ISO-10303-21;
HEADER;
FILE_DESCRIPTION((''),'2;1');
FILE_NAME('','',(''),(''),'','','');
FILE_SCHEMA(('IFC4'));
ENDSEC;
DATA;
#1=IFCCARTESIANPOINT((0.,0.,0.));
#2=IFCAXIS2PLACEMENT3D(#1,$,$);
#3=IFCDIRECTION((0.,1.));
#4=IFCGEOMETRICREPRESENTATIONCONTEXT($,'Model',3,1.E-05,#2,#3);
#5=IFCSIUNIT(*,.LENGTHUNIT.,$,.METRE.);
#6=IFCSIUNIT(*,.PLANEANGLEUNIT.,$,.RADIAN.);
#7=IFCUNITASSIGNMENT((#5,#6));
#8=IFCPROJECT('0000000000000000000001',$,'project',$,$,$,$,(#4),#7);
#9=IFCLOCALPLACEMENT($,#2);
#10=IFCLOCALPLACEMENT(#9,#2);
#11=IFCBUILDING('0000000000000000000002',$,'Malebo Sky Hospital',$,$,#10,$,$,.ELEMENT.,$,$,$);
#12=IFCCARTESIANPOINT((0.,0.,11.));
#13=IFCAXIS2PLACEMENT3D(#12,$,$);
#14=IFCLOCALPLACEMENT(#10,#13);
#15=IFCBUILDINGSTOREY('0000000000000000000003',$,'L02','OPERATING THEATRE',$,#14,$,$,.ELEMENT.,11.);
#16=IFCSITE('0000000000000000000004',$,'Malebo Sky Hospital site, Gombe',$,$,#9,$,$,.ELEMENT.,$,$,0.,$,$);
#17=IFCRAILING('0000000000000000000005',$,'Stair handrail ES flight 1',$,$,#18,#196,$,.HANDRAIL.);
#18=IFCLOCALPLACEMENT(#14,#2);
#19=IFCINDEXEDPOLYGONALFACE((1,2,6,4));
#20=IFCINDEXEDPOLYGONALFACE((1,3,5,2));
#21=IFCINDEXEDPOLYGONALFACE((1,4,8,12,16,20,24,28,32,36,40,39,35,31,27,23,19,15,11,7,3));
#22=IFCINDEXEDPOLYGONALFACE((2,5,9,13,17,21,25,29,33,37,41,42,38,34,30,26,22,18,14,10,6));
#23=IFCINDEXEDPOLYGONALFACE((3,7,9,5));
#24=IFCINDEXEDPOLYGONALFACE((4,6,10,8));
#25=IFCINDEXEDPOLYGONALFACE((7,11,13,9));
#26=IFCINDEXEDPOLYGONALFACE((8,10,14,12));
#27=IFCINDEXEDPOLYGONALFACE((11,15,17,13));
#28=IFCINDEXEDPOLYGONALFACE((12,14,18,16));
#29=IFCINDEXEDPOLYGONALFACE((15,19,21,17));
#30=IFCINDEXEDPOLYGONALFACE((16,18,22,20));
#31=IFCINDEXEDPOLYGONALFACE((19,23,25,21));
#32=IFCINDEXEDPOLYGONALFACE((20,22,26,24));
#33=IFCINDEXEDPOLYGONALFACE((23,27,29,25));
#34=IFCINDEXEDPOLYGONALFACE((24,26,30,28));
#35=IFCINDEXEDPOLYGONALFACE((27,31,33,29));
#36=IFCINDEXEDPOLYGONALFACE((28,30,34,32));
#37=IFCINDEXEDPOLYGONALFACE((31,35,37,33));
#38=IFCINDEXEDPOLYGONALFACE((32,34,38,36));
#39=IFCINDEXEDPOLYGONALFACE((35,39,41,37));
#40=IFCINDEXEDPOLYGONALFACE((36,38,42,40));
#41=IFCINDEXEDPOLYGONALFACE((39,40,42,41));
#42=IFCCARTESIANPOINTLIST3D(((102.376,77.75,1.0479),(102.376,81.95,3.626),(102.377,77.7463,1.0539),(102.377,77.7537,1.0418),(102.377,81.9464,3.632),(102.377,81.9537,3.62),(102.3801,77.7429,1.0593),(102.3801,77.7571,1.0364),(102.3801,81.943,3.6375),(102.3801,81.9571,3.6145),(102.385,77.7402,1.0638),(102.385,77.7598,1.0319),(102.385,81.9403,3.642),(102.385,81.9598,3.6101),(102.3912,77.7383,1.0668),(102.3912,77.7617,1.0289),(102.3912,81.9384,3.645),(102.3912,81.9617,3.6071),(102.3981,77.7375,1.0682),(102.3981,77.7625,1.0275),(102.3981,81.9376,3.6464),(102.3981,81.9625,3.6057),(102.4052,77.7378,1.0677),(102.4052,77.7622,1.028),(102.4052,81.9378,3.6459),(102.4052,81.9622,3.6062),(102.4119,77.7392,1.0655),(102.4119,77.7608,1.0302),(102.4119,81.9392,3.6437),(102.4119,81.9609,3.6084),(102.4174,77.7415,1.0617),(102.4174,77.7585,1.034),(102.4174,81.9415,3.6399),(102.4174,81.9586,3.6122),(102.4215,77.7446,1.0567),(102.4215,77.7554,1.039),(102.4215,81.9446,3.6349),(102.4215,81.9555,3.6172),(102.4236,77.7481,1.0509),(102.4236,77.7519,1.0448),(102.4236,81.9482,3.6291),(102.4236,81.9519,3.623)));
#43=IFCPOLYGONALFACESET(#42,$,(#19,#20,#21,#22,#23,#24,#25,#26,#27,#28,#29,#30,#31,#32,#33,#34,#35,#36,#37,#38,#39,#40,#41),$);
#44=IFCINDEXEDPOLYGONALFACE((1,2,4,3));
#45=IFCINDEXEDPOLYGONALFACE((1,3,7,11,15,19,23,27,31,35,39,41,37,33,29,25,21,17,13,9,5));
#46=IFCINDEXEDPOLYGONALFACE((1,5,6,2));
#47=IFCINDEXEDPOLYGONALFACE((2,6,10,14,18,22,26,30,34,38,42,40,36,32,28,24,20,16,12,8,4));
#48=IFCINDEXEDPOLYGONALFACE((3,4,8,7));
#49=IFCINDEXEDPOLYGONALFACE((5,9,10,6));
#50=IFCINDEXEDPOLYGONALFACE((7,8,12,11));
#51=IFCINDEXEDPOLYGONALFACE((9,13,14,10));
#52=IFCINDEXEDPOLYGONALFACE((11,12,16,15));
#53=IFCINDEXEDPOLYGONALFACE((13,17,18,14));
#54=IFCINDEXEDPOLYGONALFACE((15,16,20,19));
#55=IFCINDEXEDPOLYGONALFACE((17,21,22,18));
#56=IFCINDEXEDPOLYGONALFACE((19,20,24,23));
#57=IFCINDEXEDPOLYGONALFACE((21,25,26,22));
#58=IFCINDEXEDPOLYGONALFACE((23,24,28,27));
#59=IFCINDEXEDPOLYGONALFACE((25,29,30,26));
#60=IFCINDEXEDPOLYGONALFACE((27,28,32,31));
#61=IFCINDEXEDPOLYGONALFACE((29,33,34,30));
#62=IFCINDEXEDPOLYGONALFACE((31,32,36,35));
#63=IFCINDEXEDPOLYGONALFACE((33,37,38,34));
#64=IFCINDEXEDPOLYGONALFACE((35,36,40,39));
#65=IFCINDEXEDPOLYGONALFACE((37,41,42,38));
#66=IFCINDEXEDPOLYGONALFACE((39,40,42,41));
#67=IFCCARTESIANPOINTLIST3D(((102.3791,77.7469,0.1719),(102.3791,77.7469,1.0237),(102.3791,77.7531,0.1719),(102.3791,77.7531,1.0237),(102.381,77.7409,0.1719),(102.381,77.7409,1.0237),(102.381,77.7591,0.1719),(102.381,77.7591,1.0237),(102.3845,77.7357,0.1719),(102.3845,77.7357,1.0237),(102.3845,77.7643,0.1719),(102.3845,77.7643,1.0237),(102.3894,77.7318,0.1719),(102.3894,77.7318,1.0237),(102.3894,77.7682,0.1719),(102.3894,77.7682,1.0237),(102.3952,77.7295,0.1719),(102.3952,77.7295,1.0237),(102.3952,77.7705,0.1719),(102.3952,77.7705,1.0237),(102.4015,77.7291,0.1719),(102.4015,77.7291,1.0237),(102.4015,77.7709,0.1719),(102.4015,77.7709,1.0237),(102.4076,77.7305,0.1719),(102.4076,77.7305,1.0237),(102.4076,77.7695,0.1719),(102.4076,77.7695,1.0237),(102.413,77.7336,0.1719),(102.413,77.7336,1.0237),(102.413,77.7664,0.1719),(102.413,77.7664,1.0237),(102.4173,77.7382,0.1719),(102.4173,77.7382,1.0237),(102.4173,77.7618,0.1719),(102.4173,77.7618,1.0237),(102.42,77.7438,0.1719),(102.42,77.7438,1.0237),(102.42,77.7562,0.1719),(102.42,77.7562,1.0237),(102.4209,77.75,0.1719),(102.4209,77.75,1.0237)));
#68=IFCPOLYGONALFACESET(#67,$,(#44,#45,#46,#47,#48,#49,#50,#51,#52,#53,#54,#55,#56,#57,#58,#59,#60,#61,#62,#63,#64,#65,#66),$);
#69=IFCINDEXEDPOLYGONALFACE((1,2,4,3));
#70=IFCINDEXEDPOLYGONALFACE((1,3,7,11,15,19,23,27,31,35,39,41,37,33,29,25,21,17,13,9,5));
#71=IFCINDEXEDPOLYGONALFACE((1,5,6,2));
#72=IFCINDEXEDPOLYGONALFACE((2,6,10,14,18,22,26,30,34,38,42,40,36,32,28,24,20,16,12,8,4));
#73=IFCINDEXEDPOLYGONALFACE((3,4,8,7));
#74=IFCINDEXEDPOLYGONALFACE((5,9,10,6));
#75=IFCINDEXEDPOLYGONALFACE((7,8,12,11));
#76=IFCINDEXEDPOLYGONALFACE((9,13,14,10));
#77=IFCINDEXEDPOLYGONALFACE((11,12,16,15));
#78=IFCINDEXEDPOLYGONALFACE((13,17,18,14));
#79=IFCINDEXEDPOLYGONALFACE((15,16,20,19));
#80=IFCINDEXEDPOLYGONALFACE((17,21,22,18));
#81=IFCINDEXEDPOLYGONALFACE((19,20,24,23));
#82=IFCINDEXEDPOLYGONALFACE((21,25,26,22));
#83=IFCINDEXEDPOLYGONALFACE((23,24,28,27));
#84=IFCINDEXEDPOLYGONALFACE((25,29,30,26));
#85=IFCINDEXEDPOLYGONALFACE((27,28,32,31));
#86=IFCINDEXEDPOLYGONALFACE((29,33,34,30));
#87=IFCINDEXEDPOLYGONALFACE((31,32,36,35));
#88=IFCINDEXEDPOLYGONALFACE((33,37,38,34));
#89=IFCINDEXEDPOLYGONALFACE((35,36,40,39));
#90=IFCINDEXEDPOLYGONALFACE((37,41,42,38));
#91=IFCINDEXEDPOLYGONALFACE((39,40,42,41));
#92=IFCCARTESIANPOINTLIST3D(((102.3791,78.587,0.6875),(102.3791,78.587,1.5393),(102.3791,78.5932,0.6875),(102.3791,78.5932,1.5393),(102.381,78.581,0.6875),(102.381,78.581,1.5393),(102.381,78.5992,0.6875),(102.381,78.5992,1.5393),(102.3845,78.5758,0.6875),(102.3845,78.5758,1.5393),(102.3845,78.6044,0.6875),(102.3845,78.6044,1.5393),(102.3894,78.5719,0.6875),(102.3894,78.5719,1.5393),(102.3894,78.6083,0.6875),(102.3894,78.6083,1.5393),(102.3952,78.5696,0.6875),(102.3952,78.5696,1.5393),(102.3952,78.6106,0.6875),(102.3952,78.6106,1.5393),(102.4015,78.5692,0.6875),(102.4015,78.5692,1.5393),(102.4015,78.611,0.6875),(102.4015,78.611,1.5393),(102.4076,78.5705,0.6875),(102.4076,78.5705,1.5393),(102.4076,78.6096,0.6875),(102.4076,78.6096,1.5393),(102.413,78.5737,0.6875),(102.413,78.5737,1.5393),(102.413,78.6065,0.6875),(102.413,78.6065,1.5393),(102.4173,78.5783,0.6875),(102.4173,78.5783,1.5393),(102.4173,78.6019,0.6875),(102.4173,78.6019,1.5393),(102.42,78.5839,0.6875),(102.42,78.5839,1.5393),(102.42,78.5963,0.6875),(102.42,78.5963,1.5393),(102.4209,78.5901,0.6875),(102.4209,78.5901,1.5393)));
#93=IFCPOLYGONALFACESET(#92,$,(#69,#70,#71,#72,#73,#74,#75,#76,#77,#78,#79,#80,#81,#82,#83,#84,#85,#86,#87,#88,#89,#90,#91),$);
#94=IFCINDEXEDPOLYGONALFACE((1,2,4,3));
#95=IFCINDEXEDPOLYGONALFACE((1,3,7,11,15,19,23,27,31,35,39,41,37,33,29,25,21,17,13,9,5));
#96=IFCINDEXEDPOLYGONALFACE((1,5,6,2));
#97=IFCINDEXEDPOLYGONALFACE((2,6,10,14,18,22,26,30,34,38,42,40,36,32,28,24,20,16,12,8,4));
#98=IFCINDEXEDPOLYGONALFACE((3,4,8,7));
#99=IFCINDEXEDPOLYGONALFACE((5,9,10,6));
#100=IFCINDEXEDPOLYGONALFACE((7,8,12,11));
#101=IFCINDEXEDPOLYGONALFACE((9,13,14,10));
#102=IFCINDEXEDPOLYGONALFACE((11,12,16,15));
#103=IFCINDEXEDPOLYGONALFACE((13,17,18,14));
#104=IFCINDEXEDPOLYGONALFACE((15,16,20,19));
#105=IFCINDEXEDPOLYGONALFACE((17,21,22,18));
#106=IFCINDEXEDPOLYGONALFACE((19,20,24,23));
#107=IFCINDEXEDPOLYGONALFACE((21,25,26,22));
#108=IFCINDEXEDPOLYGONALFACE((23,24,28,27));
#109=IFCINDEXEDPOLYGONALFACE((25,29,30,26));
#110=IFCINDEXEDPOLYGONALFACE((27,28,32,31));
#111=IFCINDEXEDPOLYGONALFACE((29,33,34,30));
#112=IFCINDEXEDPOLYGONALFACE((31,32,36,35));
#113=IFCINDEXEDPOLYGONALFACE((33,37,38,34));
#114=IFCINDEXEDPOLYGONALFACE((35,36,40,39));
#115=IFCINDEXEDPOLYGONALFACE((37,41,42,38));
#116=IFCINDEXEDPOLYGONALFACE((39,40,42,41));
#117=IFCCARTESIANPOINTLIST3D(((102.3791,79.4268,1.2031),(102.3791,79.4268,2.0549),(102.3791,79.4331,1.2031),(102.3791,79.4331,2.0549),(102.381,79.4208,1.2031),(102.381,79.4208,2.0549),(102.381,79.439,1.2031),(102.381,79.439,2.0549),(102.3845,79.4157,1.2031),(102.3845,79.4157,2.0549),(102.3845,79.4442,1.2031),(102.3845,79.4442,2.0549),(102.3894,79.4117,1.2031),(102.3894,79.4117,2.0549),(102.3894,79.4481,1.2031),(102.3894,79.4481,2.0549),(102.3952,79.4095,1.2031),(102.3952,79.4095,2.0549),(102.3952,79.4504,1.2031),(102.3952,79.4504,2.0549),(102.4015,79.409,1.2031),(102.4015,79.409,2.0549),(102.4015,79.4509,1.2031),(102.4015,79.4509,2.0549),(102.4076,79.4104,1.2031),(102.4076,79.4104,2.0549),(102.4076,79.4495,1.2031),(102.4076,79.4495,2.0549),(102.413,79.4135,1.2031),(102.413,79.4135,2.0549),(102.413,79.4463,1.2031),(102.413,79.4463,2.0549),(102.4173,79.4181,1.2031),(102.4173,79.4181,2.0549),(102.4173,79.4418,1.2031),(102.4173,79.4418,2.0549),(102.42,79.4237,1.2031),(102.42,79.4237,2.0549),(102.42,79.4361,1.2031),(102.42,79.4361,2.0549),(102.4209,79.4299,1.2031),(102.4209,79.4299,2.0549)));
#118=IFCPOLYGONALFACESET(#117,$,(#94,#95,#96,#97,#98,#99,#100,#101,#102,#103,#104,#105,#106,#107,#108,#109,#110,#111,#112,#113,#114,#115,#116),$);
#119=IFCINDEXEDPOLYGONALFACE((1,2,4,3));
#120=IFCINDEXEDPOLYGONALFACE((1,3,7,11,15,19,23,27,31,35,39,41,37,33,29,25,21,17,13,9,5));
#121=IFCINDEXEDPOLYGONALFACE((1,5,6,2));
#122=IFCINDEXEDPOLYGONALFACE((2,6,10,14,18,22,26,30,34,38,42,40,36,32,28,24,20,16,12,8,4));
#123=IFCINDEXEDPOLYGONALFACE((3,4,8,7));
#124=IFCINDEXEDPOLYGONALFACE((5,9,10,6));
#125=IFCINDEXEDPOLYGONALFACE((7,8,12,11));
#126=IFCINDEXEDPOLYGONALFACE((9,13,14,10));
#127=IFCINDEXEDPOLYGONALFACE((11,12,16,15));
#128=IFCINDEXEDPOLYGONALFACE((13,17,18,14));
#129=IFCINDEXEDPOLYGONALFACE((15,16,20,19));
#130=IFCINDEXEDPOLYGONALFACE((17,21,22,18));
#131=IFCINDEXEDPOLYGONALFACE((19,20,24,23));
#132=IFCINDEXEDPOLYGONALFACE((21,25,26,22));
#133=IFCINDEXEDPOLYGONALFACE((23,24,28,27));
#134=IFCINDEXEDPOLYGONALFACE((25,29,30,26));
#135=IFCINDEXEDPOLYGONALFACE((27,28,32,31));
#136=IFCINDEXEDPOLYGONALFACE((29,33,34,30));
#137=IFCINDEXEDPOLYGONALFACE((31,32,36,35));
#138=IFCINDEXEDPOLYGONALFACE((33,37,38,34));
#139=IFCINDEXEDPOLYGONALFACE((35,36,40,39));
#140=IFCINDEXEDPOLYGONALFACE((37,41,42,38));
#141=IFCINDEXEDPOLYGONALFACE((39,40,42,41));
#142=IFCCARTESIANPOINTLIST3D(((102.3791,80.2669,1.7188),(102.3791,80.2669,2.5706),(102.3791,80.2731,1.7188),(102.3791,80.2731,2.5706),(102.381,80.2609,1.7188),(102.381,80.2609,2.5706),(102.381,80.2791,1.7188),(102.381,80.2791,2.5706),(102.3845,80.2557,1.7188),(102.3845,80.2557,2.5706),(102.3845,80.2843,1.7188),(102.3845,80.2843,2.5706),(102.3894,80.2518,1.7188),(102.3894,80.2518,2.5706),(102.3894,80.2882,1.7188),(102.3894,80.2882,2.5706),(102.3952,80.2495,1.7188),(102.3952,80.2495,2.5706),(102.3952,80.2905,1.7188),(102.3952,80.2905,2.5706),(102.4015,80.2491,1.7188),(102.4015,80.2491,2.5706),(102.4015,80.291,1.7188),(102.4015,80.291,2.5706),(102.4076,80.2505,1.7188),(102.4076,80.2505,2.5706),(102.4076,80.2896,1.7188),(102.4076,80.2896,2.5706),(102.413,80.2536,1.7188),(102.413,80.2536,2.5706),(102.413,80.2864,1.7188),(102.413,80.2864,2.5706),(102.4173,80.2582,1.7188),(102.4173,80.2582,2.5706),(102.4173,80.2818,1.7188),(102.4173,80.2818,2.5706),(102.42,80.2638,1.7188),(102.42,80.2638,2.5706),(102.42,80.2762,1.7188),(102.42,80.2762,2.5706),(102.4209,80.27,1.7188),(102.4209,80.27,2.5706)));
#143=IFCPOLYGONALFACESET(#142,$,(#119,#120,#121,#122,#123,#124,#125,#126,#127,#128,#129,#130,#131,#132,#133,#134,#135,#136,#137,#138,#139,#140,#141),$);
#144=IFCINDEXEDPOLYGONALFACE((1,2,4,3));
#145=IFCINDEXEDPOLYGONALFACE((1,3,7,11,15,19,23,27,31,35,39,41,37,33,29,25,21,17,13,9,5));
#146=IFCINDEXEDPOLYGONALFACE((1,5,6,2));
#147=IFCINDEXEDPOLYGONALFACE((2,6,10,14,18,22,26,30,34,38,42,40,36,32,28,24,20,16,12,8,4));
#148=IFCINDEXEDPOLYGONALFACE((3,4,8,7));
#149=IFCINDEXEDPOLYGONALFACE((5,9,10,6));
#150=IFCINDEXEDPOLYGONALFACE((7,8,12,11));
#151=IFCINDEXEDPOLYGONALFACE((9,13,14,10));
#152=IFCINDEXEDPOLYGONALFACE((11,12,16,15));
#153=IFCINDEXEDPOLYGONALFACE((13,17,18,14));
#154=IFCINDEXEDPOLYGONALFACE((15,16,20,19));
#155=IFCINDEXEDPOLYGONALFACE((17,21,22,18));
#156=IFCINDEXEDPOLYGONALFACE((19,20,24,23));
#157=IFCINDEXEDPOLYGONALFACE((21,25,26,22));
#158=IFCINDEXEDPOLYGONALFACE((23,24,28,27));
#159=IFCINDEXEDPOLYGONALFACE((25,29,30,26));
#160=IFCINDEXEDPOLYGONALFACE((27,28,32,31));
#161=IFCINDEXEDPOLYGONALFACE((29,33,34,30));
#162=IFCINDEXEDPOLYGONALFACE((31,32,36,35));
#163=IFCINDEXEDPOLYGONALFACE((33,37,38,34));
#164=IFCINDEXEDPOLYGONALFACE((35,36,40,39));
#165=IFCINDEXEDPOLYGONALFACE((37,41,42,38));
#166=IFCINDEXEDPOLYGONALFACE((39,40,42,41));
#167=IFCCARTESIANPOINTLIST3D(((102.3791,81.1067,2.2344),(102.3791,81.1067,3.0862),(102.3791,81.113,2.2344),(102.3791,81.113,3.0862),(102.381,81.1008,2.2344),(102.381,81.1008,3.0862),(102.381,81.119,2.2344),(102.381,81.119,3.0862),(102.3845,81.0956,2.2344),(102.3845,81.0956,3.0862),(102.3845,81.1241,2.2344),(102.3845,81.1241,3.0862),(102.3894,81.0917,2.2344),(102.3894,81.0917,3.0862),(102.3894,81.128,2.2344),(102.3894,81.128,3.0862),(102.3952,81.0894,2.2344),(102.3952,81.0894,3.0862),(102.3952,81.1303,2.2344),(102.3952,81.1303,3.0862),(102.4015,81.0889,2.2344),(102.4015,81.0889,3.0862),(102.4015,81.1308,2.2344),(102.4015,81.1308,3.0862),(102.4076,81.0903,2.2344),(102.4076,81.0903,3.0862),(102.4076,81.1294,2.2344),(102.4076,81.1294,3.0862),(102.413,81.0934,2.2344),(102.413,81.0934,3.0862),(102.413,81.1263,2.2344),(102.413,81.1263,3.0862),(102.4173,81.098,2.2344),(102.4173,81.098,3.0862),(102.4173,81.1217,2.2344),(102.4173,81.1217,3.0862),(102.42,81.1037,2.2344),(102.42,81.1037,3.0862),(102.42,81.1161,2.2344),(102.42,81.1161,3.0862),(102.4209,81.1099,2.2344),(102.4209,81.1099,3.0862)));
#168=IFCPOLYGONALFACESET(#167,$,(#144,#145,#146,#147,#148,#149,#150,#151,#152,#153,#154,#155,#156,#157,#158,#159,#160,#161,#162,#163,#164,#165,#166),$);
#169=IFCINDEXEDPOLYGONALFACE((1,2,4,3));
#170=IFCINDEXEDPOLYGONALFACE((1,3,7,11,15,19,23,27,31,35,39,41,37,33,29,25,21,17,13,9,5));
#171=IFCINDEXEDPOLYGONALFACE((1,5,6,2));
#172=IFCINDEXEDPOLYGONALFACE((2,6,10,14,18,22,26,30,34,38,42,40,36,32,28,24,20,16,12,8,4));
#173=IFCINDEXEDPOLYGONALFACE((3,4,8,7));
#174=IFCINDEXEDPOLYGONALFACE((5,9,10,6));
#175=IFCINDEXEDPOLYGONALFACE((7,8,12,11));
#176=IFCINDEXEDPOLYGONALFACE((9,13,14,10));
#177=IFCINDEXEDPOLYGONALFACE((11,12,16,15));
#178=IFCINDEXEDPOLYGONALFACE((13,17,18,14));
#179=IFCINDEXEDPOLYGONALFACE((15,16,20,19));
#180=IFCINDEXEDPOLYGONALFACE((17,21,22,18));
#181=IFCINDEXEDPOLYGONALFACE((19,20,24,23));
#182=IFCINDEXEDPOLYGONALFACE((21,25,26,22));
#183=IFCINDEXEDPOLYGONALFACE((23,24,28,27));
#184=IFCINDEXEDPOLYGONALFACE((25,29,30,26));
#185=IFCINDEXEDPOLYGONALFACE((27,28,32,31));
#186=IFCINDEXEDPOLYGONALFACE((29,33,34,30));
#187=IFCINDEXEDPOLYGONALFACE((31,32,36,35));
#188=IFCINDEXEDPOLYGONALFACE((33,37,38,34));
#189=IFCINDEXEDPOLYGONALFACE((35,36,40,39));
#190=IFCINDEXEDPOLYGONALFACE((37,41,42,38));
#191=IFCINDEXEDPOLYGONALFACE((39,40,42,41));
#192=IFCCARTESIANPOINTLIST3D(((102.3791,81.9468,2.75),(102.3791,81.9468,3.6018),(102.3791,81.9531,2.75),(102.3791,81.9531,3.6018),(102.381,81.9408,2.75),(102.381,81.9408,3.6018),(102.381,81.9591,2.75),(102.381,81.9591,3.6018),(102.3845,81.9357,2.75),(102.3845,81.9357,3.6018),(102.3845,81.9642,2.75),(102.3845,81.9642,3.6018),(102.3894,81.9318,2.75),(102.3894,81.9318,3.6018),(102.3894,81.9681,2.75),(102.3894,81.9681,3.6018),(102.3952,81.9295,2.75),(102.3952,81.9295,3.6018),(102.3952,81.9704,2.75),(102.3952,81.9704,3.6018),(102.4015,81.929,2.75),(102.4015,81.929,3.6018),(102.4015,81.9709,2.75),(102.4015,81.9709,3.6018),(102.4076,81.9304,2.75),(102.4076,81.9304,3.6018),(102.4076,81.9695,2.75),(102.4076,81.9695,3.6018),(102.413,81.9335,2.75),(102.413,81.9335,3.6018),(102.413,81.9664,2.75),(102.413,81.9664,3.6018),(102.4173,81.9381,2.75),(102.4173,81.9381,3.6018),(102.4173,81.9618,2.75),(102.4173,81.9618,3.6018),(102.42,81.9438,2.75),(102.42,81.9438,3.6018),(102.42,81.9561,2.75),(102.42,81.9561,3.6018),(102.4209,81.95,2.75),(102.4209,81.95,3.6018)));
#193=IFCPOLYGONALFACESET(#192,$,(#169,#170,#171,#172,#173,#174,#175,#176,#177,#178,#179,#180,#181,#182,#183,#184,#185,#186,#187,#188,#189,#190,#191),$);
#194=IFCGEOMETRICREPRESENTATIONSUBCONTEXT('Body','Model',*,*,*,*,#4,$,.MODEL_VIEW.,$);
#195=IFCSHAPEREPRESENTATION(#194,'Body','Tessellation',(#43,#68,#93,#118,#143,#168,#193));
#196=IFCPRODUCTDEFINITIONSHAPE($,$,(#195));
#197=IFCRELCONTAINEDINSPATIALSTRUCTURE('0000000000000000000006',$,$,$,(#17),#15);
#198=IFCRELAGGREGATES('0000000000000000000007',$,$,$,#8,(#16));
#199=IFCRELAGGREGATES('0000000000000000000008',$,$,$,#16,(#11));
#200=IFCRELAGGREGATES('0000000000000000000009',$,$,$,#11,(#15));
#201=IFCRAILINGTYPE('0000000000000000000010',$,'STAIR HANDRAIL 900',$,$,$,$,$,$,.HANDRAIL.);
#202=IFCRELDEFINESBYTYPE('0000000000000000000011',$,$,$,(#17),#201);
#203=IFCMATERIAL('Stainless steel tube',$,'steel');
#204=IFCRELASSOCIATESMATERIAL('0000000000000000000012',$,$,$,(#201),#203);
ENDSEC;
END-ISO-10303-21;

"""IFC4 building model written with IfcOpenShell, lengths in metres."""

from ifc_helpers import new_model, si_unit, direction, frame, origin, origin_2d, place, context, subcontext, project, spatial, circle, extrude, material, type_object, element, save


model = new_model("IFC4")

# Units and contexts
model_context = context("Model", 3, precision=1e-05, world=origin(), true_north=direction((0.0, 1.0)))
body_context = subcontext(model_context, "Body", "Model", "MODEL_VIEW")
ifc_project = project(units=[si_unit("LENGTHUNIT", "METRE"), si_unit("PLANEANGLEUNIT", "RADIAN")], contexts=[model_context])

# Site, building, storey
site_placement = place(None, origin())
site = spatial("IfcSite", under=ifc_project, at=site_placement, Name="Malebo Sky Hospital site, Gombe", CompositionType="ELEMENT", RefElevation=0.0)
building_placement = place(site_placement, origin())
building = spatial("IfcBuilding", under=site, at=building_placement, Name="Malebo Sky Hospital", CompositionType="ELEMENT")
storey_placement = place(building_placement, frame((0.0, 0.0, 11.0)))
storey = spatial("IfcBuildingStorey", under=building, at=storey_placement, Name="L02", Description="OPERATING THEATRE", CompositionType="ELEMENT", Elevation=11.0)

# Railing
ifc_material_1 = material(Name="Stainless steel tube", Category="steel")
railing_type = type_object("IfcRailingType", Name="STAIR HANDRAIL 900", PredefinedType="HANDRAIL", material=ifc_material_1)
railing_placement = place(storey_placement, frame((102.3999, 77.75, 0.1719)))
element("IfcRailing", 1, at=railing_placement, inside=storey, type_object=railing_type, Name="Stair handrail ES flight 1", PredefinedType="HANDRAIL", context=body_context, shape_type="SweptSolid", body=[
    extrude(circle(Radius=0.0239, at=origin_2d()), frame((0.0, 0.0, 0.876), z_axis=(0.0, 0.852243, 0.523146), x_axis=(-1.0, 0.0, 0.0)), (0.0, 0.0, 1.0), 4.9282),
    extrude(circle(Radius=0.021, at=origin_2d()), origin(), (0.0, 0.0, 1.0), 0.8518),
    extrude(circle(Radius=0.021, at=origin_2d()), frame((0.0, 0.8401, 0.5156)), (0.0, 0.0, 1.0), 0.8518),
    extrude(circle(Radius=0.021, at=origin_2d()), frame((0.0, 1.6799, 1.0312)), (0.0, 0.0, 1.0), 0.8518),
    extrude(circle(Radius=0.021, at=origin_2d()), frame((0.0, 2.52, 1.5469)), (0.0, 0.0, 1.0), 0.8518),
    extrude(circle(Radius=0.021, at=origin_2d()), frame((0.0, 3.3599, 2.0625)), (0.0, 0.0, 1.0), 0.8518),
    extrude(circle(Radius=0.021, at=origin_2d()), frame((0.0, 4.2, 2.5781)), (0.0, 0.0, 1.0), 0.8518),
])

save(model, "model.ifc")
